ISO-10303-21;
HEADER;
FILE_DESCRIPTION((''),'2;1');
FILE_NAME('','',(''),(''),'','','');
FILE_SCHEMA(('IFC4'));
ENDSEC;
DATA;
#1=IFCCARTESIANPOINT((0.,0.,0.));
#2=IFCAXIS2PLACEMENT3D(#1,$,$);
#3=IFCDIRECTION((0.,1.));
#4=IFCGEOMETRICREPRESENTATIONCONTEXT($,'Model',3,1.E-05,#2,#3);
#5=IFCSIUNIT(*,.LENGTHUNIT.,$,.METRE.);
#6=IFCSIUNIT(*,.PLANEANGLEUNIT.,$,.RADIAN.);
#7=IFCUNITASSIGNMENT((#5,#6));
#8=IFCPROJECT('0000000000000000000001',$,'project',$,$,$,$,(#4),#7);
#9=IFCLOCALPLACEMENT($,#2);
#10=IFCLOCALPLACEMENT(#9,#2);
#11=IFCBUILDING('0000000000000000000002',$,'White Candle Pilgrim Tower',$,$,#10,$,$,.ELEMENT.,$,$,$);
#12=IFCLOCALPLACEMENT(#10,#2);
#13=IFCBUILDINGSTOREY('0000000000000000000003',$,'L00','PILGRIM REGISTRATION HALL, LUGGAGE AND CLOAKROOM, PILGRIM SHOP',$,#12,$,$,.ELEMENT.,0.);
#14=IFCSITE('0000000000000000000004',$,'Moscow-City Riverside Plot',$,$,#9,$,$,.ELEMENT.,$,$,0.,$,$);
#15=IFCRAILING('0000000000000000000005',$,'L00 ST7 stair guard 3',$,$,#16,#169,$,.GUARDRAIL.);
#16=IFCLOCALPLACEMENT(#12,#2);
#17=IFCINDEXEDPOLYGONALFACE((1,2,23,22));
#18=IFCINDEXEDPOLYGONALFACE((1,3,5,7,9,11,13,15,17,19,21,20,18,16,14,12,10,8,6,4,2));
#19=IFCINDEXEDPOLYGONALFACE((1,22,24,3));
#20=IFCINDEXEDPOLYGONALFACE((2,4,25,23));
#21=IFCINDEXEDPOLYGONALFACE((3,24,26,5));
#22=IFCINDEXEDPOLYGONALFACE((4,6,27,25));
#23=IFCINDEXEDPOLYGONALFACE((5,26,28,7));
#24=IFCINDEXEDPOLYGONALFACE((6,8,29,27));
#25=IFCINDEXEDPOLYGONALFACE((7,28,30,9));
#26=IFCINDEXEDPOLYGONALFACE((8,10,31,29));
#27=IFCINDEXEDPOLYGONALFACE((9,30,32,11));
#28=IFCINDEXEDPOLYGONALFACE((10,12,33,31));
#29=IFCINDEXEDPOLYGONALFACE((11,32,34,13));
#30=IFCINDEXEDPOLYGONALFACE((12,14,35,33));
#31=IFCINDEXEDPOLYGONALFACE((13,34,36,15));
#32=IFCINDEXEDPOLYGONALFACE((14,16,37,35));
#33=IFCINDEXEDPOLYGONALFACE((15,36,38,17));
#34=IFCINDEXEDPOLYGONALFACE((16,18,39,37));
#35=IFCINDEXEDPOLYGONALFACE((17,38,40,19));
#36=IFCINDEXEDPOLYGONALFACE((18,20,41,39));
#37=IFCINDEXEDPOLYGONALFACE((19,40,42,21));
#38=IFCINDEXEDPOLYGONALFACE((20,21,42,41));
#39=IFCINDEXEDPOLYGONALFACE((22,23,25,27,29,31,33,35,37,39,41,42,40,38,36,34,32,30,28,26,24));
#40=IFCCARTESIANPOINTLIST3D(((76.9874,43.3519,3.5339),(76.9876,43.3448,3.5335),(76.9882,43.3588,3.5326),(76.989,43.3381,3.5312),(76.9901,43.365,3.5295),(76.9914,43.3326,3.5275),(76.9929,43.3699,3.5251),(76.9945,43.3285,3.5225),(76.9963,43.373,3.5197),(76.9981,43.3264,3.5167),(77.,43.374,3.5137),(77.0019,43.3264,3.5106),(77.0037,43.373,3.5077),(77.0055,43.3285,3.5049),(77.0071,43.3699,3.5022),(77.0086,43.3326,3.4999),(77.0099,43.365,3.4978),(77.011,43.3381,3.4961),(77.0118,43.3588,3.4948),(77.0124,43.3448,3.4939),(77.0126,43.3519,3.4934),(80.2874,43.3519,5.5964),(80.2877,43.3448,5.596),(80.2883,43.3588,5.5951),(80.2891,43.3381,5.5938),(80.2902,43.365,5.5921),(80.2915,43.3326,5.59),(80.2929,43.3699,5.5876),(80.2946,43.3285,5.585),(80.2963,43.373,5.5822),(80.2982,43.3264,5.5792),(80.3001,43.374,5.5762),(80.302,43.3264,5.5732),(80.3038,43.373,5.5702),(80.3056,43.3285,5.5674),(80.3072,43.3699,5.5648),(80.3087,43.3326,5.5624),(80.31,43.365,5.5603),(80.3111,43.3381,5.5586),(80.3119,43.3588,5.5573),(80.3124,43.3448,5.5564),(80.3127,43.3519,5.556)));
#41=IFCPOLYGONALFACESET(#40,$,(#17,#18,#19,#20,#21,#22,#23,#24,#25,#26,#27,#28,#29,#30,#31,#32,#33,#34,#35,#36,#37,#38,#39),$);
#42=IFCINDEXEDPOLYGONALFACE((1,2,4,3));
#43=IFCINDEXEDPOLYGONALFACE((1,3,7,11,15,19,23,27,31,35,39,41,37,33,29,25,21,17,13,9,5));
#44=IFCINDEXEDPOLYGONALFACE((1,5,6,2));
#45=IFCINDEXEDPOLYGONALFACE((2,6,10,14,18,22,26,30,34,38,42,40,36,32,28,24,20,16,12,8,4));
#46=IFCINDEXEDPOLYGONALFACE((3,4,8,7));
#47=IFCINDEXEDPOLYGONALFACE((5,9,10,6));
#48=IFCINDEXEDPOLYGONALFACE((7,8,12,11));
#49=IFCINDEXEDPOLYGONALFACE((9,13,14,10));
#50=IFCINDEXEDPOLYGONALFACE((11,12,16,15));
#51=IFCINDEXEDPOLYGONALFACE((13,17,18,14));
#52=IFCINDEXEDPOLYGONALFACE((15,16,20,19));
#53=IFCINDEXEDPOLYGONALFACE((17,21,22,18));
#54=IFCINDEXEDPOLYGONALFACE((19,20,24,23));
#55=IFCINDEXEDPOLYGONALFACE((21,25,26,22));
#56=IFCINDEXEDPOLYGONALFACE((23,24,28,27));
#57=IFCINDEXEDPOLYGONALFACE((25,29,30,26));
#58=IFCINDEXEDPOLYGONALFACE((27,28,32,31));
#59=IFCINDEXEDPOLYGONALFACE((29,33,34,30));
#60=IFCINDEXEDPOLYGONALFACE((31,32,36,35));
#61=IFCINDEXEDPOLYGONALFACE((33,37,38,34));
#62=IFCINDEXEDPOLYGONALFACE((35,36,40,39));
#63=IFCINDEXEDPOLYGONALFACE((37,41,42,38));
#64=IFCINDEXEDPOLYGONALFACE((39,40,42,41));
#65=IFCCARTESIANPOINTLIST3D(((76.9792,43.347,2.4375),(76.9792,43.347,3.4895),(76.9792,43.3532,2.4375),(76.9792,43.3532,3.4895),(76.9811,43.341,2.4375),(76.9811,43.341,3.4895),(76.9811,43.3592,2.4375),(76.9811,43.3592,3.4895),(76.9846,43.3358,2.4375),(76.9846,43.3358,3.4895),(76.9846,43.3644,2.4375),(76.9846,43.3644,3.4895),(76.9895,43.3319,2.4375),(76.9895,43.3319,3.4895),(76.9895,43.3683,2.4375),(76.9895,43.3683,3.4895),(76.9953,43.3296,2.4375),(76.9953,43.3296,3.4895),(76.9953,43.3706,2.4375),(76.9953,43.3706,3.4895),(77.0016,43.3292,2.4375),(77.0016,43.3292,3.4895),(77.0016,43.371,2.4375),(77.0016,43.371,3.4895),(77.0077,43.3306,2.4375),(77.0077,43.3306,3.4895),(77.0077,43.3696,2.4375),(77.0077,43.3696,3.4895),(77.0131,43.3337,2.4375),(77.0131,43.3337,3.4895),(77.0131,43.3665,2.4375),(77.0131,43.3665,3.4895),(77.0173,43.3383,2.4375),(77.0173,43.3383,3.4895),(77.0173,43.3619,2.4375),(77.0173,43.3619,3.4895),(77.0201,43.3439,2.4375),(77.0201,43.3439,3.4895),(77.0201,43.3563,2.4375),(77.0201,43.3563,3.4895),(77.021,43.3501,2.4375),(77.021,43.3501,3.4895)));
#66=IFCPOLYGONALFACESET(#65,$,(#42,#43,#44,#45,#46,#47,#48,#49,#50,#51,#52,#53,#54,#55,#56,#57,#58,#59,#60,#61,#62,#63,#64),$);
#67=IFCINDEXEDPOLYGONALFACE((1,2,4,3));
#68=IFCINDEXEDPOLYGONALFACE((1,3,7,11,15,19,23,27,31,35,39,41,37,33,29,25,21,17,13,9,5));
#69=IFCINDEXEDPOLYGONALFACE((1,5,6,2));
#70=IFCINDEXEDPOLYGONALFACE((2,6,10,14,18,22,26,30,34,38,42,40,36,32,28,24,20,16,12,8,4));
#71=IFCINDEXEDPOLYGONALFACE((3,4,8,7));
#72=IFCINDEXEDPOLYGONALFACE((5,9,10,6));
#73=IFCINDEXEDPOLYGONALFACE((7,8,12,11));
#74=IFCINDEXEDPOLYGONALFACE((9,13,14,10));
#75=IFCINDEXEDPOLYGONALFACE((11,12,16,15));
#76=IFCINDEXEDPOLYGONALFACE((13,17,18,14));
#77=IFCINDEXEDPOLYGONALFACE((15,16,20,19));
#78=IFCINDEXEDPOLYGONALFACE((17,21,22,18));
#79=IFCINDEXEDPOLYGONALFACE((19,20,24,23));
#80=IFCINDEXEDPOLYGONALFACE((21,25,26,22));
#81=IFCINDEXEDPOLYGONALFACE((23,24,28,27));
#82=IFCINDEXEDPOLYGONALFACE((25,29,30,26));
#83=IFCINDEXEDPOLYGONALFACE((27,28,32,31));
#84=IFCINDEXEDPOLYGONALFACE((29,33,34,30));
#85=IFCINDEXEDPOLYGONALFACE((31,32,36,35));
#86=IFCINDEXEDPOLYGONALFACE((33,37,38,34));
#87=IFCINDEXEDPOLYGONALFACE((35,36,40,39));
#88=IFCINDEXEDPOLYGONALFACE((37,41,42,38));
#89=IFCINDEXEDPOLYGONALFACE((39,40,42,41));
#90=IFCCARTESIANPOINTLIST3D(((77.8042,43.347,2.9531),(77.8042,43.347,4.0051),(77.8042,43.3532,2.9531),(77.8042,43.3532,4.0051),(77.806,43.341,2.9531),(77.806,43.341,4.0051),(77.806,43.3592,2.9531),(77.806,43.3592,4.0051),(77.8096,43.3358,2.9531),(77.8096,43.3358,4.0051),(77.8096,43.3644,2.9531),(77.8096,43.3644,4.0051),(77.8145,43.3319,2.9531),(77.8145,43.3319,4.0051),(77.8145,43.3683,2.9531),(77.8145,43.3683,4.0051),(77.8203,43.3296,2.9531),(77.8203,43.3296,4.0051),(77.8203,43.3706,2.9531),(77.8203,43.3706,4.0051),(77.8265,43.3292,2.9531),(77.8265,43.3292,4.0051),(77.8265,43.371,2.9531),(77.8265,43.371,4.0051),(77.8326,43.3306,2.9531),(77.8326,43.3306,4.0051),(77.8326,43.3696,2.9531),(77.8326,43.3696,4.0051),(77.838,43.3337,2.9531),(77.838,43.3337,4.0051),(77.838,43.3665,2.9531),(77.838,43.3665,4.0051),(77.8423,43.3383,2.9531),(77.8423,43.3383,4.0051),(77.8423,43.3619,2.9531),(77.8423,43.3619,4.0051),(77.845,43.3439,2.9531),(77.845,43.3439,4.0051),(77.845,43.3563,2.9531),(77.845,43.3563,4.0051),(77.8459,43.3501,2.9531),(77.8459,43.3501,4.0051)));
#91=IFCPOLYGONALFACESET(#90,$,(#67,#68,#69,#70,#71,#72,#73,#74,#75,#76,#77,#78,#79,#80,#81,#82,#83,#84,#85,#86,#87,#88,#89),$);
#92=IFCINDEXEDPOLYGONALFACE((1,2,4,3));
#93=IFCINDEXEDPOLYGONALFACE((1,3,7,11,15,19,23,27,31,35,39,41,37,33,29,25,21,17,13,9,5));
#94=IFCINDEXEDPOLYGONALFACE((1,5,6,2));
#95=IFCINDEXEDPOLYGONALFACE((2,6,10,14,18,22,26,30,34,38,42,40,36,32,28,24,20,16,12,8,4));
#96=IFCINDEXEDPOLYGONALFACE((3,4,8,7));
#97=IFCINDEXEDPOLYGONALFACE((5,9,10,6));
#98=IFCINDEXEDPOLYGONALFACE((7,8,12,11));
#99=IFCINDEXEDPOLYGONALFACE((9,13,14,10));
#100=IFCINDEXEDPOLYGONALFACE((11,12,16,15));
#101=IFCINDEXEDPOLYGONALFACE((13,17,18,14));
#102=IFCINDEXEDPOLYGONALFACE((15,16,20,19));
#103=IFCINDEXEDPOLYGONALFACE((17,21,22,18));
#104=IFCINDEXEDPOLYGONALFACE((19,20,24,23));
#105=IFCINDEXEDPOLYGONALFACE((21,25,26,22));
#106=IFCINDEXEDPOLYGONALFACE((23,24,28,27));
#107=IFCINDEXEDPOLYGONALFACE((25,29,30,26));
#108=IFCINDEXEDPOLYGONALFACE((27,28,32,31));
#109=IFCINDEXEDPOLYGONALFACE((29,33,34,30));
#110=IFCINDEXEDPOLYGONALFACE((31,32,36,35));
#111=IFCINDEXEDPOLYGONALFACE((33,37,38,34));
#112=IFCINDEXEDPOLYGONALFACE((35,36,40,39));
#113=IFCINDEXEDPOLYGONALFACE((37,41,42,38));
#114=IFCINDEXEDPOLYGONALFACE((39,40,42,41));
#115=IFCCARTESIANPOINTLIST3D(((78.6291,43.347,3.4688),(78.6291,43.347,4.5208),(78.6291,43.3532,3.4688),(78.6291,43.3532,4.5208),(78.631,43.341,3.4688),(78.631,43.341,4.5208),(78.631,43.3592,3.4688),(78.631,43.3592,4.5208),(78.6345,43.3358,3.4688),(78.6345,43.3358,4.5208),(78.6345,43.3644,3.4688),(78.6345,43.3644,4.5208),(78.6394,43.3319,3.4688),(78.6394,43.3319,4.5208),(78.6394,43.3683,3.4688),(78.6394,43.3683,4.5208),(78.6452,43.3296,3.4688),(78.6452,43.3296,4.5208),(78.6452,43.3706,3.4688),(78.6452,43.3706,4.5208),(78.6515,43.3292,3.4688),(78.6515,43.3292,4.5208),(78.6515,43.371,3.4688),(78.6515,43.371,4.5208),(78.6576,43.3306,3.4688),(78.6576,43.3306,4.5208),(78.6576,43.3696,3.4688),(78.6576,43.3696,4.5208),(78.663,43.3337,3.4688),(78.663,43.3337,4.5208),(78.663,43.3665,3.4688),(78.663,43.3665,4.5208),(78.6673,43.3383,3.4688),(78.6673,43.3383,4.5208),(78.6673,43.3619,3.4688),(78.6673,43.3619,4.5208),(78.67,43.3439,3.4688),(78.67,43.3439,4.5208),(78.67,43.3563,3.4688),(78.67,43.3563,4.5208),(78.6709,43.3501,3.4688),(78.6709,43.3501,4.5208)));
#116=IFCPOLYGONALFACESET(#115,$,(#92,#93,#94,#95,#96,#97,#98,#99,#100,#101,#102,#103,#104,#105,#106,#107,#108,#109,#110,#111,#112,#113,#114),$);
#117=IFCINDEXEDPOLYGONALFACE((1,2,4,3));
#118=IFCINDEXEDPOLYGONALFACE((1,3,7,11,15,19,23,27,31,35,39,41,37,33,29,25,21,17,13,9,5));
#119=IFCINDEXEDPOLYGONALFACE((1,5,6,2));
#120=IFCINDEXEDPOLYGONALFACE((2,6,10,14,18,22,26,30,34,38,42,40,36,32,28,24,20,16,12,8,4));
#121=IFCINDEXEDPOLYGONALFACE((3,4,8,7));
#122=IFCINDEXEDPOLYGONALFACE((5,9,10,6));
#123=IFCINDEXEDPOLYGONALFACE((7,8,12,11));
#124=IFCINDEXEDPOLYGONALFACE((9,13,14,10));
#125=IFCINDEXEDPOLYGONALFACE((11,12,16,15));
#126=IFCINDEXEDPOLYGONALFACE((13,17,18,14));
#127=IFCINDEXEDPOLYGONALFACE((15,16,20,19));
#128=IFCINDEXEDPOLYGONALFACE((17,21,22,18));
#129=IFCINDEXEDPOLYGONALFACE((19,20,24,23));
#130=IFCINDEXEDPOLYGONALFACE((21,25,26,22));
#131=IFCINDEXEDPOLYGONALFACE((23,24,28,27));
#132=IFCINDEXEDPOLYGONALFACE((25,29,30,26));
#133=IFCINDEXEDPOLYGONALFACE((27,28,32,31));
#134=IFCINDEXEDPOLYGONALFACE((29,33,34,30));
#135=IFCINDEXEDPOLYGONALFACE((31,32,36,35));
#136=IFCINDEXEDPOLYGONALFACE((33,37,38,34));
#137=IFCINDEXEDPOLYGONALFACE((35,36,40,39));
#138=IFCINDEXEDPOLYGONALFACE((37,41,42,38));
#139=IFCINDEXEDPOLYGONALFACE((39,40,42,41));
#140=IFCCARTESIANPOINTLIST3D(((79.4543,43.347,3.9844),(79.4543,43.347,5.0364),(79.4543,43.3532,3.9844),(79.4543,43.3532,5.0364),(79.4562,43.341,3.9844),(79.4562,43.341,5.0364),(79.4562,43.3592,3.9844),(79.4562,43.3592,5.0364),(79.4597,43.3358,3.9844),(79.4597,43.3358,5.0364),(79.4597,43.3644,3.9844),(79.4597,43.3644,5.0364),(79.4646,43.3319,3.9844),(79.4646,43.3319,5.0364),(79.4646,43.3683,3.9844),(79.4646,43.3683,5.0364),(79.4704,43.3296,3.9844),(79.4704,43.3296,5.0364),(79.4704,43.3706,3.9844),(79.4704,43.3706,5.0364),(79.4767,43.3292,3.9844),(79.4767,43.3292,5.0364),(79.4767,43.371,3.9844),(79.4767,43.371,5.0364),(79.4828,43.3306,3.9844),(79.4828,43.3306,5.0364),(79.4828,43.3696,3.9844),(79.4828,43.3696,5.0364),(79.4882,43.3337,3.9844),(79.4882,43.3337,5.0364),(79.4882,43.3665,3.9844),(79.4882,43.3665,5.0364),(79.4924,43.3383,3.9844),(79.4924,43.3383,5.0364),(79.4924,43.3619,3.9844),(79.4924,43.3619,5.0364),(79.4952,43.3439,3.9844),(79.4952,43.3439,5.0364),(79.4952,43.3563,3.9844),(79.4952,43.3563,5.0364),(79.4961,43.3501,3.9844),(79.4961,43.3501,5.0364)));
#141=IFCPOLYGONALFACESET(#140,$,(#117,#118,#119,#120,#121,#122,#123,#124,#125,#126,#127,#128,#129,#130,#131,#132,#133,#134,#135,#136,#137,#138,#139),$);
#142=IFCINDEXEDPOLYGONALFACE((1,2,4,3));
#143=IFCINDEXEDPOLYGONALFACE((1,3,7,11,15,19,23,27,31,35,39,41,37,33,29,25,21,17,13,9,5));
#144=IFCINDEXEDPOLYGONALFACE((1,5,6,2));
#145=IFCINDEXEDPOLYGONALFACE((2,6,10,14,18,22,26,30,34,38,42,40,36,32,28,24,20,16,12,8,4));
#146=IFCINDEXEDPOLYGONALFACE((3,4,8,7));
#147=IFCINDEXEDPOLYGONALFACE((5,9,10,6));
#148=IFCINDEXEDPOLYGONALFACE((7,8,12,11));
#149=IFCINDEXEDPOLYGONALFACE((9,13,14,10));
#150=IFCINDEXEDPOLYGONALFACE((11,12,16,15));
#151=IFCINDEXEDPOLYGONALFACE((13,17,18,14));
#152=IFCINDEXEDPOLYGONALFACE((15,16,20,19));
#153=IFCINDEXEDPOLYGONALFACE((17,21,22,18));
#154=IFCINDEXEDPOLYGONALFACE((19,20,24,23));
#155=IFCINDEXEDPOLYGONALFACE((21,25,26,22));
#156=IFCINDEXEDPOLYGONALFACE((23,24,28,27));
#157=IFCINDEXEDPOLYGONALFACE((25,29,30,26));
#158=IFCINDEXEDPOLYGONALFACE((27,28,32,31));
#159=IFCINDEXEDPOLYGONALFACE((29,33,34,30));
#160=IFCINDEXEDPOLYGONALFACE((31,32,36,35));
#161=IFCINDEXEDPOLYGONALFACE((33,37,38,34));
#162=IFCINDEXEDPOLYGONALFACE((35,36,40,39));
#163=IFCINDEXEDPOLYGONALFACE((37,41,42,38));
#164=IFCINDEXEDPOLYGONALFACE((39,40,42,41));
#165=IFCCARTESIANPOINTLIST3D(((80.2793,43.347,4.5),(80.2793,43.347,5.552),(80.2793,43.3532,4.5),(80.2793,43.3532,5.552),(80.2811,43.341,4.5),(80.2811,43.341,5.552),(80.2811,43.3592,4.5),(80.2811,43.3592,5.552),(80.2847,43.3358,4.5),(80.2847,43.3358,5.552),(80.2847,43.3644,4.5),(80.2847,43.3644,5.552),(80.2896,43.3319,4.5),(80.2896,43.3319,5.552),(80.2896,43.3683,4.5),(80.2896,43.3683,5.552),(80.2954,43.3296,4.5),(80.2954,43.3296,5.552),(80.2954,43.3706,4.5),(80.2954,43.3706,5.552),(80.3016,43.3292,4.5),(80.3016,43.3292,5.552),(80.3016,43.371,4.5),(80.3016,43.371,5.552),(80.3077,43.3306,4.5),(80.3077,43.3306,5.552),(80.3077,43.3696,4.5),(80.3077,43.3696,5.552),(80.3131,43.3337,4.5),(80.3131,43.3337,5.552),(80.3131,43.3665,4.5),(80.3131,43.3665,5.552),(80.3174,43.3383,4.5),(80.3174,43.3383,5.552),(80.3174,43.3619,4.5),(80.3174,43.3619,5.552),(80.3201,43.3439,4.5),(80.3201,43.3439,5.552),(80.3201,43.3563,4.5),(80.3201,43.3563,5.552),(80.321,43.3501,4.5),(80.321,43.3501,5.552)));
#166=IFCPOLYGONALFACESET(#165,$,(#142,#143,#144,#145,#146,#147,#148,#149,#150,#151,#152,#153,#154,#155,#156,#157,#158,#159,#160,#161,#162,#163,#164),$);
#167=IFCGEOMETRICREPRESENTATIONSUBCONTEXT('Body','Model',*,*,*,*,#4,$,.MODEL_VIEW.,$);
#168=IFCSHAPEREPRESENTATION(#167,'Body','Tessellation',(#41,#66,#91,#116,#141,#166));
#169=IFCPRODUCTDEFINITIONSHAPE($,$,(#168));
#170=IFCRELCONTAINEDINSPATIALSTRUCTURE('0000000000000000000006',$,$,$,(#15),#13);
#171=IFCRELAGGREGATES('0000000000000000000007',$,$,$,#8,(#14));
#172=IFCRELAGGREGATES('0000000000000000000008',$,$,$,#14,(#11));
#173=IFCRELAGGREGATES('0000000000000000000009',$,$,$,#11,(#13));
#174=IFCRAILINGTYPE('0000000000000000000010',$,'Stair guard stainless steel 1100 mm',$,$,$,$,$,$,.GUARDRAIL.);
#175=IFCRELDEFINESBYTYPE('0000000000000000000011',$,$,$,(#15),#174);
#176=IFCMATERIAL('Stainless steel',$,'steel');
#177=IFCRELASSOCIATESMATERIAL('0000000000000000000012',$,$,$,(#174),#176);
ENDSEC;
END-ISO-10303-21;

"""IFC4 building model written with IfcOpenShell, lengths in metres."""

from ifc_helpers import new_model, si_unit, direction, frame, origin, origin_2d, place, context, subcontext, project, spatial, circle, extrude, material, type_object, element, save


model = new_model("IFC4")

# Units and contexts
model_context = context("Model", 3, precision=1e-05, world=origin(), true_north=direction((0.0, 1.0)))
body_context = subcontext(model_context, "Body", "Model", "MODEL_VIEW")
ifc_project = project(units=[si_unit("LENGTHUNIT", "METRE"), si_unit("PLANEANGLEUNIT", "RADIAN")], contexts=[model_context])

# Site, building, storey
site_placement = place(None, origin())
site = spatial("IfcSite", under=ifc_project, at=site_placement, Name="Moscow-City Riverside Plot", CompositionType="ELEMENT", RefElevation=0.0)
building_placement = place(site_placement, origin())
building = spatial("IfcBuilding", under=site, at=building_placement, Name="White Candle Pilgrim Tower", CompositionType="ELEMENT")
storey_placement = place(building_placement, origin())
storey = spatial("IfcBuildingStorey", under=building, at=storey_placement, Name="L00", Description="PILGRIM REGISTRATION HALL, LUGGAGE AND CLOAKROOM, PILGRIM SHOP", CompositionType="ELEMENT", Elevation=0.0)

# Railing
ifc_material_1 = material(Name="Stainless steel", Category="steel")
railing_type_1 = type_object("IfcRailingType", Name="Stair guard stainless steel 1100 mm", PredefinedType="GUARDRAIL", material=ifc_material_1)
railing_1_placement = place(storey_placement, frame((77.0, 43.3501, 2.4375)))
element("IfcRailing", 1, at=railing_1_placement, inside=storey, type_object=railing_type_1, Name="L00 ST7 stair guard 3", PredefinedType="GUARDRAIL", context=body_context, shape_type="SweptSolid", body=[
    extrude(circle(Radius=0.0239, at=origin_2d()), frame((0.0, 0.0, 1.0762), z_axis=(0.848002, 0.0, 0.529993), x_axis=(0.0, 1.0, 0.0)), (0.0, 0.0, 1.0), 3.8916),
    extrude(circle(Radius=0.021, at=origin_2d()), origin(), (0.0, 0.0, 1.0), 1.052),
    extrude(circle(Radius=0.021, at=origin_2d()), frame((0.825, 0.0, 0.5156)), (0.0, 0.0, 1.0), 1.052),
    extrude(circle(Radius=0.021, at=origin_2d()), frame((1.6499, 0.0, 1.0312)), (0.0, 0.0, 1.0), 1.052),
    extrude(circle(Radius=0.021, at=origin_2d()), frame((2.4751, 0.0, 1.5469)), (0.0, 0.0, 1.0), 1.052),
    extrude(circle(Radius=0.021, at=origin_2d()), frame((3.3, 0.0, 2.0625)), (0.0, 0.0, 1.0), 1.052),
])

save(model, "model.ifc")
